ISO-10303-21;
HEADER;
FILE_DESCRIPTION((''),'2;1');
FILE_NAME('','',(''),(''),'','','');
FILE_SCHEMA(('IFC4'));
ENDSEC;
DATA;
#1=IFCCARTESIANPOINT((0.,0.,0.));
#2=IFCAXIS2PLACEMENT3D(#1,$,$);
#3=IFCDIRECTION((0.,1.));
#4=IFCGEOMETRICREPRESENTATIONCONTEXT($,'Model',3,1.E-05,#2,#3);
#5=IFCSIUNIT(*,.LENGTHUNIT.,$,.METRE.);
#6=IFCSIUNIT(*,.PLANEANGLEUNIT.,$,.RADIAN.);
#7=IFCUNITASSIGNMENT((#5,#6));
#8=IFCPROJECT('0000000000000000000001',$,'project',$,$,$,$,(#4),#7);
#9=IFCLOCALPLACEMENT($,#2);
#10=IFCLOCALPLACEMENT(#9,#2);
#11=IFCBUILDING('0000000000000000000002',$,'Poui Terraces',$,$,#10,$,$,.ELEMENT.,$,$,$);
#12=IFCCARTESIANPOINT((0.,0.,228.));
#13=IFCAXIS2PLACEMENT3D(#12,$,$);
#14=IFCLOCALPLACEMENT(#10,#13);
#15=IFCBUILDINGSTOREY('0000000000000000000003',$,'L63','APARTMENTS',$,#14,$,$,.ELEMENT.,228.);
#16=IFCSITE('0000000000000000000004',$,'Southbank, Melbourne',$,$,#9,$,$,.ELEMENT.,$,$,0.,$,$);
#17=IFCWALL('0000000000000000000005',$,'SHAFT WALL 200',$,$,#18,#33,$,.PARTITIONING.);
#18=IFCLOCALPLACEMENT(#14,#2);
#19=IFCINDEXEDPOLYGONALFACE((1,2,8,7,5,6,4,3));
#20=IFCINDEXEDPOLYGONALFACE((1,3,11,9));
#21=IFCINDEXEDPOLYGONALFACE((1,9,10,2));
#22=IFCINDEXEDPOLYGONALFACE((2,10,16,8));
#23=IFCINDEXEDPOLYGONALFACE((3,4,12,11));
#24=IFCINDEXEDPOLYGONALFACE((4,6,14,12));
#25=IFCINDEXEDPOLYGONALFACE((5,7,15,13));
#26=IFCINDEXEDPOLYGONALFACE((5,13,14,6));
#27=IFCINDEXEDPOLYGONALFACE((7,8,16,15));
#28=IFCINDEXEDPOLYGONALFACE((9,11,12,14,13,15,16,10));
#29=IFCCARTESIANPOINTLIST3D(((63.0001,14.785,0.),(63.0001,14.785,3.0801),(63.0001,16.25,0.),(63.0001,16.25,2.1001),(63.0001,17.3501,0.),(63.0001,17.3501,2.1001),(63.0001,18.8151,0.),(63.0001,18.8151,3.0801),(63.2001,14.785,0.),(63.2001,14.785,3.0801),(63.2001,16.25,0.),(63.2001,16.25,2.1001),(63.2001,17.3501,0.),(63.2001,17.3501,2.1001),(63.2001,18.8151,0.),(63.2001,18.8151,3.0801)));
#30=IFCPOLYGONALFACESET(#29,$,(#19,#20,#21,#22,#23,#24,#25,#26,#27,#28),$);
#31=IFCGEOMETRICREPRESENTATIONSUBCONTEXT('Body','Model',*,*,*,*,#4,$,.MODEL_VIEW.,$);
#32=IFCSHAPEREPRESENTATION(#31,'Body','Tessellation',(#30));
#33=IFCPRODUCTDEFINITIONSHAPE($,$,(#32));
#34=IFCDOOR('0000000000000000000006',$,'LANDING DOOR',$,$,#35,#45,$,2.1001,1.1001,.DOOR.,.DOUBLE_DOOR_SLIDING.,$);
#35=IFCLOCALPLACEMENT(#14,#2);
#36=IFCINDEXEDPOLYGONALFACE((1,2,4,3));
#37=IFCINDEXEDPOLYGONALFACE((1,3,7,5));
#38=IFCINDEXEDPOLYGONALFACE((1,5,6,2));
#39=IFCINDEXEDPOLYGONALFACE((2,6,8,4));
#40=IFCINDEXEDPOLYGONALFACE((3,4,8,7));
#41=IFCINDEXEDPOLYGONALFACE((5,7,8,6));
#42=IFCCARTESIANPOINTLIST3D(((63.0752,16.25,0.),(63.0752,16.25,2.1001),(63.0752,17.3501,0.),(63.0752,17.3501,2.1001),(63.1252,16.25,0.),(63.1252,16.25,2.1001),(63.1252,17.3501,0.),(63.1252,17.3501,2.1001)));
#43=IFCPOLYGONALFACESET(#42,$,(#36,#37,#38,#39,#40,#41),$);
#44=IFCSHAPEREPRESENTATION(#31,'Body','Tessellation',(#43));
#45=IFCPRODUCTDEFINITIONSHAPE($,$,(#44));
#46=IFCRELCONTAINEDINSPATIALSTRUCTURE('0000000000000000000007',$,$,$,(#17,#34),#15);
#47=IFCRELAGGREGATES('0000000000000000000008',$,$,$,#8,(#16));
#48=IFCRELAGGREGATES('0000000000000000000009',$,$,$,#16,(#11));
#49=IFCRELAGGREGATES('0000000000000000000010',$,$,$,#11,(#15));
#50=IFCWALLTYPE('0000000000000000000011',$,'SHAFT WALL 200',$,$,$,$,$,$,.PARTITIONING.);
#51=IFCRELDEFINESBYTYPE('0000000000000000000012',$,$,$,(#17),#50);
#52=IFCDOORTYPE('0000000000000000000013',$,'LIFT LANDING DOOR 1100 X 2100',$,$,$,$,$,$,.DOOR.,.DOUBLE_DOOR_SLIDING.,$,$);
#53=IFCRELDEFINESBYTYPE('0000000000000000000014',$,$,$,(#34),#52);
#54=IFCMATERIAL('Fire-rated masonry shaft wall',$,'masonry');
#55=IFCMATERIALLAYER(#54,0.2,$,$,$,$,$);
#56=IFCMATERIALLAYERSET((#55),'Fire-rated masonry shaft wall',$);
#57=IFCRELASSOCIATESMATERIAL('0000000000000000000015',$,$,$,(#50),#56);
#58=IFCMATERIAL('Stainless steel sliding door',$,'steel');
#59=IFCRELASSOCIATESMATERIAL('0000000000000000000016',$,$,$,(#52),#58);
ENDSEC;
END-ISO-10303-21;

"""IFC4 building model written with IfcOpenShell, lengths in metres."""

from ifc_helpers import new_model, si_unit, direction, frame, frame_2d, origin, place, context, subcontext, project, spatial, rectangle, extrude, material, layer, layer_set, type_object, element, fill, save


model = new_model("IFC4")

# Units and contexts
model_context = context("Model", 3, precision=1e-05, world=origin(), true_north=direction((0.0, 1.0)))
body_context = subcontext(model_context, "Body", "Model", "MODEL_VIEW")
ifc_project = project(units=[si_unit("LENGTHUNIT", "METRE"), si_unit("PLANEANGLEUNIT", "RADIAN")], contexts=[model_context])

# Site, building, storey
site_placement = place(None, origin())
site = spatial("IfcSite", under=ifc_project, at=site_placement, Name="Southbank, Melbourne", CompositionType="ELEMENT", RefElevation=0.0)
building_placement = place(site_placement, origin())
building = spatial("IfcBuilding", under=site, at=building_placement, Name="Poui Terraces", CompositionType="ELEMENT")
storey_placement = place(building_placement, frame((0.0, 0.0, 228.0)))
storey = spatial("IfcBuildingStorey", under=building, at=storey_placement, Name="L63", Description="APARTMENTS", CompositionType="ELEMENT", Elevation=228.0)

# Shared definitions
ifc_material_1 = material(Name="Fire-rated masonry shaft wall", Category="masonry")
ifc_layer_1 = layer(ifc_material_1, 0.2)
ifc_layer_set_1 = layer_set([ifc_layer_1], Name="Fire-rated masonry shaft wall")
wall_type_1 = type_object("IfcWallType", Name="SHAFT WALL 200", PredefinedType="PARTITIONING", material=ifc_layer_set_1)

# Wall, opening, door
wall_1_placement = place(storey_placement, frame((63.1001, 14.7849, 0.0), z_axis=(0.0, 0.0, 1.0), x_axis=(0.0, 1.0, 0.0)))
wall_1 = element("IfcWall", 1, at=wall_1_placement, inside=storey, type_object=wall_type_1, Name="SHAFT WALL 200", PredefinedType="PARTITIONING", context=body_context, shape_type="SweptSolid", body=[
    extrude(rectangle(XDim=4.03, YDim=0.2, at=frame_2d((2.0151, 0.0))), origin(), (0.0, 0.0, 1.0), 3.0801),
])
opening_1_placement = place(wall_1_placement, frame((1.4651, 0.0, 0.0)))
opening_1 = element("IfcOpeningElement", 2, at=opening_1_placement, cuts=wall_1, PredefinedType="OPENING", context=body_context, shape_type="SweptSolid", body=[
    extrude(rectangle(XDim=1.1001, YDim=2.1001, at=frame_2d((0.55, 1.05))), frame((0.0, 0.1099, 0.0), z_axis=(0.0, -1.0, 0.0), x_axis=(1.0, 0.0, 0.0)), (0.0, 0.0, 1.0), 0.22),
])
ifc_material_2 = material(Name="Stainless steel sliding door", Category="steel")
door_type_1 = type_object("IfcDoorType", Name="LIFT LANDING DOOR 1100 X 2100", OperationType="DOUBLE_DOOR_SLIDING", PredefinedType="DOOR", material=ifc_material_2)
door_1_placement = place(opening_1_placement, origin())
door_1 = element("IfcDoor", 3, at=door_1_placement, inside=storey, type_object=door_type_1, Name="LANDING DOOR", OperationType="DOUBLE_DOOR_SLIDING", OverallHeight=2.1001, OverallWidth=1.1001, PredefinedType="DOOR", context=body_context, shape_type="SweptSolid", body=[
    extrude(rectangle(XDim=1.1001, YDim=2.1001, at=frame_2d((0.55, 1.05))), frame((0.0, 0.0249, 0.0), z_axis=(0.0, -1.0, 0.0), x_axis=(1.0, 0.0, 0.0)), (0.0, 0.0, 1.0), 0.05),
])
fill(opening_1, door_1)

save(model, "model.ifc")
